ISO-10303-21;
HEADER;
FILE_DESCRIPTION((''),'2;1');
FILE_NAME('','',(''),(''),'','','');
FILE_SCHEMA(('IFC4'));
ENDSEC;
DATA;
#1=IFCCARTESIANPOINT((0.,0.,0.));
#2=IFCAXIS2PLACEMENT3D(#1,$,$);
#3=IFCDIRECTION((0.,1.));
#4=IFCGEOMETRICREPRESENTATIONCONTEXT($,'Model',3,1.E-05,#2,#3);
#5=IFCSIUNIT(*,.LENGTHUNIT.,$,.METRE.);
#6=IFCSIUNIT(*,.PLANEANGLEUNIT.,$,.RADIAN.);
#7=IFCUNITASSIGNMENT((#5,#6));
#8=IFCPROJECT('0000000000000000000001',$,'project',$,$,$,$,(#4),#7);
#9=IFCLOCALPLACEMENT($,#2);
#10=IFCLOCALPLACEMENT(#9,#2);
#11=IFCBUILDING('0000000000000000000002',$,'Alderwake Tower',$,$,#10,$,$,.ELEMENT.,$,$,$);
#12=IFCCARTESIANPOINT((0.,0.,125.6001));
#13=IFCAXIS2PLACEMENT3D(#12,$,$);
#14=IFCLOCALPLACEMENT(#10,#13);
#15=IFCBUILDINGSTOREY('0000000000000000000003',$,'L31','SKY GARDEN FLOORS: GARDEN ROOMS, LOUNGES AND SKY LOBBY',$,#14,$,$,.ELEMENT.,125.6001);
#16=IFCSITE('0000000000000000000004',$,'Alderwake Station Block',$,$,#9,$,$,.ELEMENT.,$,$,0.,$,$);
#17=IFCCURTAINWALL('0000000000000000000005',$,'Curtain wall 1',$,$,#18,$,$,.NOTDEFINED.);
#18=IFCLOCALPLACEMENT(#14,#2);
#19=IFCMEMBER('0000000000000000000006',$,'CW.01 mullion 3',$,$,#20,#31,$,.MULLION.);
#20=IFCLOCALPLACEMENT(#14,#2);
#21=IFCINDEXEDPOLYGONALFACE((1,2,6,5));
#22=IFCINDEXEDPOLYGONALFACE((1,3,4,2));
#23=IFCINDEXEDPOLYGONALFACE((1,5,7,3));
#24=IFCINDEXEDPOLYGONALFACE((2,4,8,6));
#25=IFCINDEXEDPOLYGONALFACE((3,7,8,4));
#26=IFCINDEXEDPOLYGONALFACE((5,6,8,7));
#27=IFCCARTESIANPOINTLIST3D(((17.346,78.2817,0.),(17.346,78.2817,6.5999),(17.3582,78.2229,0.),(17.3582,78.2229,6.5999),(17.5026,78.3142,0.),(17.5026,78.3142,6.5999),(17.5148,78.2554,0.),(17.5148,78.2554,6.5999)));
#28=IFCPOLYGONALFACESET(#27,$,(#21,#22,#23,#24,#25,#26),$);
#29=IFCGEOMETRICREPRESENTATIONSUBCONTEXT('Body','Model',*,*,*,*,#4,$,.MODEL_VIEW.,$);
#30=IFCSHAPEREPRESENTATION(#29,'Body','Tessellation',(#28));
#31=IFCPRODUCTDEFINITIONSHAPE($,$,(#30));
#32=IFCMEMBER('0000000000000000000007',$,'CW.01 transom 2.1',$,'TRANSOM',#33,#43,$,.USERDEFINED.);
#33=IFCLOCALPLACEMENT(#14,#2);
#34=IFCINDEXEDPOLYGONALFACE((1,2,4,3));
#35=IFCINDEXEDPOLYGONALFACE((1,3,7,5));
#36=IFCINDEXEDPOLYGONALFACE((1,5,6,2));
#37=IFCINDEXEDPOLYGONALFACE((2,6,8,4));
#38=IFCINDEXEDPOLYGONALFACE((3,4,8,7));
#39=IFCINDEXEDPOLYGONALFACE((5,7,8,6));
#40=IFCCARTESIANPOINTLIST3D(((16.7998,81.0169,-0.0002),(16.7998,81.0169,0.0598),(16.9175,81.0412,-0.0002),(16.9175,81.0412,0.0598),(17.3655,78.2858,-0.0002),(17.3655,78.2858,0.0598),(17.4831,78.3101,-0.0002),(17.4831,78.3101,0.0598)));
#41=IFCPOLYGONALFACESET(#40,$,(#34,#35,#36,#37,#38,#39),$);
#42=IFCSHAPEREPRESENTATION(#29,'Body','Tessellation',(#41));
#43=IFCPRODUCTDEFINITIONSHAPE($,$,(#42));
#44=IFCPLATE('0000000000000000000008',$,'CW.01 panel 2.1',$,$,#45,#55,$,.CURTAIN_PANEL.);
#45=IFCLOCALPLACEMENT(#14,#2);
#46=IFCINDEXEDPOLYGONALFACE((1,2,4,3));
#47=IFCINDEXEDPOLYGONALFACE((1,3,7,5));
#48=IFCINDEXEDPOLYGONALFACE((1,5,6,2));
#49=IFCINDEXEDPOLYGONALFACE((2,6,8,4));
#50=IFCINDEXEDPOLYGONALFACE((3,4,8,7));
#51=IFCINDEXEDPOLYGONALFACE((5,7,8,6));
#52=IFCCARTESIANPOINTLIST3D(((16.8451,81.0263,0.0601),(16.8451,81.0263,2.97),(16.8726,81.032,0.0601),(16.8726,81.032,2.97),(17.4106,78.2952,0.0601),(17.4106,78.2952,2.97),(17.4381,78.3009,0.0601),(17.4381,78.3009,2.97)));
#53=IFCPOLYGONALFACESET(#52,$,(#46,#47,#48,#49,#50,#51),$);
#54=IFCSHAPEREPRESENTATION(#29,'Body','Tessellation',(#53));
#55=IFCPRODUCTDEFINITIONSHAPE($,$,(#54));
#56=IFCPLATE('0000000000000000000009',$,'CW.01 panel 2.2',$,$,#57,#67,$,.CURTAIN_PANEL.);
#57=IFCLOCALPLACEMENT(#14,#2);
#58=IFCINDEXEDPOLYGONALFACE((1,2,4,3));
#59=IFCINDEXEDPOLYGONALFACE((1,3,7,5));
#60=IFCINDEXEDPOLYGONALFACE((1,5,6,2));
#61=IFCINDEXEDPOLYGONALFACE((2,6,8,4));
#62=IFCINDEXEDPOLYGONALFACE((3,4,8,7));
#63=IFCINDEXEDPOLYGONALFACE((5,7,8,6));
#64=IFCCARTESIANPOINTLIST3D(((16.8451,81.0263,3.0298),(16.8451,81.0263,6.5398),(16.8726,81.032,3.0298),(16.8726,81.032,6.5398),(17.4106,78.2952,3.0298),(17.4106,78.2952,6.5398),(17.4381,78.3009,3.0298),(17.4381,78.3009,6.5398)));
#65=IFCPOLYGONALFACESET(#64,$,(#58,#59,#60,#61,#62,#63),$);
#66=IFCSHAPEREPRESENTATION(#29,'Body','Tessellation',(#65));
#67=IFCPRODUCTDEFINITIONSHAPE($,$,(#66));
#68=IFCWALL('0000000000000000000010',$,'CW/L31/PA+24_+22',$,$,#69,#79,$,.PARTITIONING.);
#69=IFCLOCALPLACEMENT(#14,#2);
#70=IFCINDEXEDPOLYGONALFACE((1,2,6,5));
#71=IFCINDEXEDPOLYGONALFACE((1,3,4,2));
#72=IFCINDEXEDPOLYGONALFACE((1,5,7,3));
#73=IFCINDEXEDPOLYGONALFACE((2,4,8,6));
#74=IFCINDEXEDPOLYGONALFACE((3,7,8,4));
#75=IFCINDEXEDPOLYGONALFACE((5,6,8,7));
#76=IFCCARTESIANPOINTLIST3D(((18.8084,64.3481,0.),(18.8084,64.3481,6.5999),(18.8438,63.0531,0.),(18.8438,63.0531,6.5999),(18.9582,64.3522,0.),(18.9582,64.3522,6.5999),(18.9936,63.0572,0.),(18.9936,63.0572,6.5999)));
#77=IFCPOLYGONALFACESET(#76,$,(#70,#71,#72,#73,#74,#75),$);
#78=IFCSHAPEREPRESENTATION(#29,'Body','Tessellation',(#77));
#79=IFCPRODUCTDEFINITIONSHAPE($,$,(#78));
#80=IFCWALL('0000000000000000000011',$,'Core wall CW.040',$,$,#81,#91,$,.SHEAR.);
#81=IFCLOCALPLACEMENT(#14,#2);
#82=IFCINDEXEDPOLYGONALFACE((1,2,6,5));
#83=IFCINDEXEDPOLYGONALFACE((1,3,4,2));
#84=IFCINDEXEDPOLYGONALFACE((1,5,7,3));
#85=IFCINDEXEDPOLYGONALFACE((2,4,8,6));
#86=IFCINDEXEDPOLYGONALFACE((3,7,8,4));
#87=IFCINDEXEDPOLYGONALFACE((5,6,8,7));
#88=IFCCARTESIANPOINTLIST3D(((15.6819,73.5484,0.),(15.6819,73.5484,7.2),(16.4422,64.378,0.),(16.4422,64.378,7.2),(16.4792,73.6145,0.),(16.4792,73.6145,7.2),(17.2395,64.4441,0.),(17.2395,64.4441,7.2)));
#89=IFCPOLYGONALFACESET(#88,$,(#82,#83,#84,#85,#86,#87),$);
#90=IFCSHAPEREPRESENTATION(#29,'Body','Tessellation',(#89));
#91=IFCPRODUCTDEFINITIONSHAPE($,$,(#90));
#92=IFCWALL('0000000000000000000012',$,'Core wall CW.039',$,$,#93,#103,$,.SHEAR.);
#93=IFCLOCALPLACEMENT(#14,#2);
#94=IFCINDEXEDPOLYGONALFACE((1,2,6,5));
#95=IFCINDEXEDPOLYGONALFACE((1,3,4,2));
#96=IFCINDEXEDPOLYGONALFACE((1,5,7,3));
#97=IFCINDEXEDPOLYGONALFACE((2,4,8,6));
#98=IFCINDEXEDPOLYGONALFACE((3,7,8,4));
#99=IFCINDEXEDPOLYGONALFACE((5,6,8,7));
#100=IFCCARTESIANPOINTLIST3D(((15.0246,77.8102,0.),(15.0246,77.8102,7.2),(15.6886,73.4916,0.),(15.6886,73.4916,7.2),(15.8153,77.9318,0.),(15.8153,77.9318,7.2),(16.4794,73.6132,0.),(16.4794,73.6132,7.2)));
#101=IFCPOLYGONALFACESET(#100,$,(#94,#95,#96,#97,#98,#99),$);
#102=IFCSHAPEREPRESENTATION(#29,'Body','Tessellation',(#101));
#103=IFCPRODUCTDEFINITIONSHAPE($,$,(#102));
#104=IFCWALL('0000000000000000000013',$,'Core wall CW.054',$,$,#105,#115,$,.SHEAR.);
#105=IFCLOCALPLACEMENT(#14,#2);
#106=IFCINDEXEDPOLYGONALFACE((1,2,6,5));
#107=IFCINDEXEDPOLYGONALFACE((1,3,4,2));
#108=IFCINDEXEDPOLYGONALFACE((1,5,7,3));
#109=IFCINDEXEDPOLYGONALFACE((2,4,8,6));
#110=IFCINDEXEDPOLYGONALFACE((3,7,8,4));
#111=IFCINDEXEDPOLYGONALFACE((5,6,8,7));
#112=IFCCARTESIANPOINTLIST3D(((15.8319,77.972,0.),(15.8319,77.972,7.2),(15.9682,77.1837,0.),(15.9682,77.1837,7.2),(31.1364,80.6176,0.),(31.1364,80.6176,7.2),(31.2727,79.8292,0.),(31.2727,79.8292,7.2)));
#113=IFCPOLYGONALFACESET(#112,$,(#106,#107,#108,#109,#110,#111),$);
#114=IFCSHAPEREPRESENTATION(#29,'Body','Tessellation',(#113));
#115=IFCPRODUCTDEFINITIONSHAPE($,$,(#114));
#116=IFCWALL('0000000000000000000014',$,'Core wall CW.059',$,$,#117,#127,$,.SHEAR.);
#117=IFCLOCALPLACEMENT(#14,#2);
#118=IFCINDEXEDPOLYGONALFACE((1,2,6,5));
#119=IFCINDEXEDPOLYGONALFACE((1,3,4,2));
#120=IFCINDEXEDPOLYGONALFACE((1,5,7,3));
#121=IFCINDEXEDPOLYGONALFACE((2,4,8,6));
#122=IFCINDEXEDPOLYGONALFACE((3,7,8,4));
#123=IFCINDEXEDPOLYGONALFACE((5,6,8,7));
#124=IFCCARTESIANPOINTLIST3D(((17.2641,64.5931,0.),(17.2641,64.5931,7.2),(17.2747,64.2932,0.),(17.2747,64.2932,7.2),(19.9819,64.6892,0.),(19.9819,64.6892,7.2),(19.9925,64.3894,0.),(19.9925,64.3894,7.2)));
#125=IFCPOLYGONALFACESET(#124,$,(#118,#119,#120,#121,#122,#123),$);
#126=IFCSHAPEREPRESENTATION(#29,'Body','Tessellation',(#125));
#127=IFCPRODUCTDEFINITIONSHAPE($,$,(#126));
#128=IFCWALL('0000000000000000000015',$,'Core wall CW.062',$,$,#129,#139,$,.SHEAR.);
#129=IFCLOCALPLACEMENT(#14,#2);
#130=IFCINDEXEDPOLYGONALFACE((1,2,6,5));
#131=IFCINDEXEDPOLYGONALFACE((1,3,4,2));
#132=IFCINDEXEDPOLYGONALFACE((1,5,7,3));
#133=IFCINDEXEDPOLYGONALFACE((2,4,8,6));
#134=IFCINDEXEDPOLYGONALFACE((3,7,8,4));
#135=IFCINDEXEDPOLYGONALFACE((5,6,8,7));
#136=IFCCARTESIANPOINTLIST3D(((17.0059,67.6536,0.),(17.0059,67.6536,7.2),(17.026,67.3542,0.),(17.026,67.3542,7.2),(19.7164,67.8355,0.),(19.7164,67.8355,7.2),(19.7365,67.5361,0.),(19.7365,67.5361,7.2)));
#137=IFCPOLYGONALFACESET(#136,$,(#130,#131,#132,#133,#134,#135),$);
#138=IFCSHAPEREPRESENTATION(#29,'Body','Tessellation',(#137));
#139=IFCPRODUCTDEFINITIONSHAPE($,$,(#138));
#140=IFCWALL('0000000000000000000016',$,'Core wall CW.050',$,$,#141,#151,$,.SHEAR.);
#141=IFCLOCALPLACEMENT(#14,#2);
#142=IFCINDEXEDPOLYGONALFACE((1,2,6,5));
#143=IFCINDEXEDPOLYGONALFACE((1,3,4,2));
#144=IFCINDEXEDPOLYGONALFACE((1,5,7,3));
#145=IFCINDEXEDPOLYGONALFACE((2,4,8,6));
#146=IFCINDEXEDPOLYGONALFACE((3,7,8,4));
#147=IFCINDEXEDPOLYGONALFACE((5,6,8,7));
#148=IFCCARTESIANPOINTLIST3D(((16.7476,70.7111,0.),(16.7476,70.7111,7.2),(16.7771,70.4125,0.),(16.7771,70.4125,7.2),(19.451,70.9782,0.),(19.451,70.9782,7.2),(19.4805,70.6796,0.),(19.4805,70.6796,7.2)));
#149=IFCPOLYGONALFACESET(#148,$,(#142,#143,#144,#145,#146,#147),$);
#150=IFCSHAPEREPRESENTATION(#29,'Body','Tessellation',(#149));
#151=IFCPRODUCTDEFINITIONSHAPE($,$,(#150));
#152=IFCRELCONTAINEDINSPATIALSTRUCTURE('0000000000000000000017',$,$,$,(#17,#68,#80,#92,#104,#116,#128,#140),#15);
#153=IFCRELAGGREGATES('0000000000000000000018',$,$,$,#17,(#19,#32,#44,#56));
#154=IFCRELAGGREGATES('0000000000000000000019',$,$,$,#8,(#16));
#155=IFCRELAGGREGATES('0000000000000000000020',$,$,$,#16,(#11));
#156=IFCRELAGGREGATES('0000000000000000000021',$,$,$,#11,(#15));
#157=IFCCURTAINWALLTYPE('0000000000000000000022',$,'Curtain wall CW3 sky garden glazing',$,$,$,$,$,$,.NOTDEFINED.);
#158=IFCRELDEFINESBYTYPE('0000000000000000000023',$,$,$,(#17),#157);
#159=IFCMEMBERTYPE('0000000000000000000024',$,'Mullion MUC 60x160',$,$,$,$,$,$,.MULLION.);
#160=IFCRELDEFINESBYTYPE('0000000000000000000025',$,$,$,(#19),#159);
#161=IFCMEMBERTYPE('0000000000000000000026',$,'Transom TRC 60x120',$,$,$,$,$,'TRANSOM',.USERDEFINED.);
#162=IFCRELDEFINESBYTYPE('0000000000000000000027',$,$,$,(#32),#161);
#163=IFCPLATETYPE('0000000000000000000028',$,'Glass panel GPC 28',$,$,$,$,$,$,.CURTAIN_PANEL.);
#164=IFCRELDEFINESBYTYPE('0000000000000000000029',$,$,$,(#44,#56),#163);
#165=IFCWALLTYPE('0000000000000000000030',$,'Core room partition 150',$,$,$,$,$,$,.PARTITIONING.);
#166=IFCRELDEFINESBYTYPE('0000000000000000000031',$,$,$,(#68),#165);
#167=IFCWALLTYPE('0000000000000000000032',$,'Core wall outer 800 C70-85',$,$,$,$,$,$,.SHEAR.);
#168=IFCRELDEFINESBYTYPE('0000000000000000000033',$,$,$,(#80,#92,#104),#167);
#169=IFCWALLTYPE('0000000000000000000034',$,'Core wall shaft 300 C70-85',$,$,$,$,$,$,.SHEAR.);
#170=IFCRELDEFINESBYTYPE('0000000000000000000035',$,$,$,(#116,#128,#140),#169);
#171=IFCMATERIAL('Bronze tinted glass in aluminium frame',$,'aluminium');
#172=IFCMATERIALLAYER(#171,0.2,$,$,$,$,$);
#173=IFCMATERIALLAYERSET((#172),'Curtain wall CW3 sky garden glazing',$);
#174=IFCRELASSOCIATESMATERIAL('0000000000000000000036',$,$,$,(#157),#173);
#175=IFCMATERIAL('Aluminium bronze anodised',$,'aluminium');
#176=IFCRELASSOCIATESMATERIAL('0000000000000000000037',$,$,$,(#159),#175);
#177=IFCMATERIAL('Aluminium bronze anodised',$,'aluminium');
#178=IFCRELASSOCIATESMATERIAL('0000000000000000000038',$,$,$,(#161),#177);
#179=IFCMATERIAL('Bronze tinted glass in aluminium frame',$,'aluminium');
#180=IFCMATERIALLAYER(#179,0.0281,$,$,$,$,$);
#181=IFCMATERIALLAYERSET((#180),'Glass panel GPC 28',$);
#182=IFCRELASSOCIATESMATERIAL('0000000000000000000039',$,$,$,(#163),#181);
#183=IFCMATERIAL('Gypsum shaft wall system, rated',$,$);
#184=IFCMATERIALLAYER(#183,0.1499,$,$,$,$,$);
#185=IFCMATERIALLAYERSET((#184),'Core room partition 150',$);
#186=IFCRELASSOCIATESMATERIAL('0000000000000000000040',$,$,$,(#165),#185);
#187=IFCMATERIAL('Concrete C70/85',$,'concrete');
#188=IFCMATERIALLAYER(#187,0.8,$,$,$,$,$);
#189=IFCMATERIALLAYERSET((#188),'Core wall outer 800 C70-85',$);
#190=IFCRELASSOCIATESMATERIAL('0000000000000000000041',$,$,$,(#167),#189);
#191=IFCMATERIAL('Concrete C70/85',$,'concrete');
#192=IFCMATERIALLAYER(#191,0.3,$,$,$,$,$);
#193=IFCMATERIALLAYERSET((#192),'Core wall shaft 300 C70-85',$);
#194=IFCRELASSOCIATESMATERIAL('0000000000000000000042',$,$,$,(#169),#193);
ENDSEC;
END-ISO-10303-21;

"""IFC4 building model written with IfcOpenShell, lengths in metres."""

from ifc_helpers import new_model, si_unit, direction, frame, frame_2d, origin, origin_2d, place, context, subcontext, project, spatial, rectangle, extrude, material, layer, layer_set, material_profile, profile_set, type_object, element, aggregate, save


model = new_model("IFC4")

# Units and contexts
model_context = context("Model", 3, precision=1e-05, world=origin(), true_north=direction((0.0, 1.0)))
body_context = subcontext(model_context, "Body", "Model", "MODEL_VIEW")
ifc_project = project(units=[si_unit("LENGTHUNIT", "METRE"), si_unit("PLANEANGLEUNIT", "RADIAN")], contexts=[model_context])

# Site, building, storey
site_placement = place(None, origin())
site = spatial("IfcSite", under=ifc_project, at=site_placement, Name="Alderwake Station Block", CompositionType="ELEMENT", RefElevation=0.0)
building_placement = place(site_placement, origin())
building = spatial("IfcBuilding", under=site, at=building_placement, Name="Alderwake Tower", CompositionType="ELEMENT")
storey_placement = place(building_placement, frame((0.0, 0.0, 125.6001)))
storey = spatial("IfcBuildingStorey", under=building, at=storey_placement, Name="L31", Description="SKY GARDEN FLOORS: GARDEN ROOMS, LOUNGES AND SKY LOBBY", CompositionType="ELEMENT", Elevation=125.6001)

# Curtain wall, members, plates
ifc_material_1 = material(Name="Bronze tinted glass in aluminium frame", Category="aluminium")
ifc_layer_1 = layer(ifc_material_1, 0.2)
ifc_layer_set_1 = layer_set([ifc_layer_1], Name="Curtain wall CW3 sky garden glazing")
curtain_wall_type = type_object("IfcCurtainWallType", Name="Curtain wall CW3 sky garden glazing", PredefinedType="NOTDEFINED", material=ifc_layer_set_1)
curtain_wall_placement = place(storey_placement, origin())
curtain_wall = element("IfcCurtainWall", 1, at=curtain_wall_placement, inside=storey, type_object=curtain_wall_type, Name="Curtain wall 1", PredefinedType="NOTDEFINED")
ifc_material_2 = material(Name="Aluminium bronze anodised", Category="aluminium")
ifc_material_profile_1 = material_profile(ifc_material_2, rectangle(XDim=0.1599, YDim=0.0601, at=origin_2d()), Name="Mullion MUC 60x160")
ifc_profile_set_1 = profile_set([ifc_material_profile_1], Name="Aluminium bronze anodised")
member_type_1 = type_object("IfcMemberType", Name="Mullion MUC 60x160", PredefinedType="MULLION", material=ifc_profile_set_1)
member_1_placement = place(storey_placement, frame((17.4304, 78.2686, 0.0), z_axis=(0.0, 0.0, 1.0), x_axis=(0.97923, 0.202751, 0.0)))
member_1 = element("IfcMember", 2, at=member_1_placement, type_object=member_type_1, Name="CW.01 mullion 3", PredefinedType="MULLION", context=body_context, shape_type="SweptSolid", body=[
    extrude(rectangle(XDim=0.1599, YDim=0.0601, at=origin_2d()), origin(), (0.0, 0.0, 1.0), 6.5999),
])
ifc_material_3 = material(Name="Aluminium bronze anodised", Category="aluminium")
ifc_material_profile_2 = material_profile(ifc_material_3, rectangle(XDim=0.1201, YDim=0.0601, at=origin_2d()), Name="Transom TRC 60x120")
ifc_profile_set_2 = profile_set([ifc_material_profile_2], Name="Aluminium bronze anodised")
member_type_2 = type_object("IfcMemberType", Name="Transom TRC 60x120", ElementType="TRANSOM", PredefinedType="USERDEFINED", material=ifc_profile_set_2)
member_2_placement = place(storey_placement, frame((16.8586, 81.0291, 0.0298), z_axis=(0.202811, -0.979218, 0.0), x_axis=(0.979218, 0.202811, 0.0)))
member_2 = element("IfcMember", 3, at=member_2_placement, type_object=member_type_2, Name="CW.01 transom 2.1", ObjectType="TRANSOM", PredefinedType="USERDEFINED", context=body_context, shape_type="SweptSolid", body=[
    extrude(rectangle(XDim=0.1201, YDim=0.0601, at=origin_2d()), origin(), (0.0, 0.0, 1.0), 2.7891),
])
ifc_material_4 = material(Name="Bronze tinted glass in aluminium frame", Category="aluminium")
ifc_layer_2 = layer(ifc_material_4, 0.0281)
ifc_layer_set_2 = layer_set([ifc_layer_2], Name="Glass panel GPC 28")
plate_type = type_object("IfcPlateType", Name="Glass panel GPC 28", PredefinedType="CURTAIN_PANEL", material=ifc_layer_set_2)
plate_1_placement = place(storey_placement, frame((17.1416, 79.6636, 0.0601), z_axis=(0.0, 0.0, 1.0), x_axis=(0.202751, -0.97923, 0.0)))
plate_1 = element("IfcPlate", 4, at=plate_1_placement, type_object=plate_type, Name="CW.01 panel 2.1", PredefinedType="CURTAIN_PANEL", context=body_context, shape_type="SweptSolid", body=[
    extrude(rectangle(XDim=2.7891, YDim=0.0281, at=origin_2d()), origin(), (0.0, 0.0, 1.0), 2.9099),
])
plate_2_placement = place(storey_placement, frame((17.1416, 79.6636, 3.0298), z_axis=(0.0, 0.0, 1.0), x_axis=(0.202751, -0.97923, 0.0)))
plate_2 = element("IfcPlate", 5, at=plate_2_placement, type_object=plate_type, Name="CW.01 panel 2.2", PredefinedType="CURTAIN_PANEL", context=body_context, shape_type="SweptSolid", body=[
    extrude(rectangle(XDim=2.7891, YDim=0.0281, at=origin_2d()), origin(), (0.0, 0.0, 1.0), 3.51),
])
aggregate(curtain_wall, [member_1, member_2, plate_1, plate_2])

# Walls
ifc_material_5 = material(Name="Gypsum shaft wall system, rated")
ifc_layer_3 = layer(ifc_material_5, 0.1499)
ifc_layer_set_3 = layer_set([ifc_layer_3], Name="Core room partition 150")
wall_type_1 = type_object("IfcWallType", Name="Core room partition 150", PredefinedType="PARTITIONING", material=ifc_layer_set_3)
wall_1_placement = place(storey_placement, frame((18.9187, 63.0552, 0.0), z_axis=(0.0, 0.0, 1.0), x_axis=(-0.027328, 0.999627, 0.0)))
element("IfcWall", 6, at=wall_1_placement, inside=storey, type_object=wall_type_1, Name="CW/L31/PA+24_+22", PredefinedType="PARTITIONING", context=body_context, shape_type="SweptSolid", body=[
    extrude(rectangle(XDim=1.2954, YDim=0.1499, at=frame_2d((0.6477, 0.0))), origin(), (0.0, 0.0, 1.0), 6.5999),
])
ifc_material_6 = material(Name="Concrete C70/85", Category="concrete")
ifc_layer_4 = layer(ifc_material_6, 0.8)
ifc_layer_set_4 = layer_set([ifc_layer_4], Name="Core wall outer 800 C70-85")
wall_type_2 = type_object("IfcWallType", Name="Core wall outer 800 C70-85", PredefinedType="SHEAR", material=ifc_layer_set_4)
wall_2_placement = place(storey_placement, frame((16.8408, 64.4109, 0.0), z_axis=(0.0, 0.0, 1.0), x_axis=(-0.08262, 0.996581, 0.0)))
element("IfcWall", 7, at=wall_2_placement, inside=storey, type_object=wall_type_2, Name="Core wall CW.040", PredefinedType="SHEAR", context=body_context, shape_type="SweptSolid", body=[
    extrude(rectangle(XDim=9.2019, YDim=0.8, at=frame_2d((4.6011, 0.0))), origin(), (0.0, 0.0, 1.0), 7.2),
])
wall_3_placement = place(storey_placement, frame((16.084, 73.5525, 0.0), z_axis=(0.0, 0.0, 1.0), x_axis=(-0.151982, 0.988383, 0.0)))
element("IfcWall", 8, at=wall_3_placement, inside=storey, type_object=wall_type_2, Name="Core wall CW.039", PredefinedType="SHEAR", context=body_context, shape_type="SweptSolid", body=[
    extrude(rectangle(XDim=4.3694, YDim=0.8, at=frame_2d((2.1846, 0.0))), origin(), (0.0, 0.0, 1.0), 7.2),
])
wall_4_placement = place(storey_placement, frame((15.9001, 77.5779, 0.0), z_axis=(0.0, 0.0, 1.0), x_axis=(0.985387, 0.170333, 0.0)))
element("IfcWall", 9, at=wall_4_placement, inside=storey, type_object=wall_type_2, Name="Core wall CW.054", PredefinedType="SHEAR", context=body_context, shape_type="SweptSolid", body=[
    extrude(rectangle(XDim=15.5315, YDim=0.8, at=frame_2d((7.7656, 0.0))), origin(), (0.0, 0.0, 1.0), 7.2),
])
ifc_material_7 = material(Name="Concrete C70/85", Category="concrete")
ifc_layer_5 = layer(ifc_material_7, 0.3)
ifc_layer_set_5 = layer_set([ifc_layer_5], Name="Core wall shaft 300 C70-85")
wall_type_3 = type_object("IfcWallType", Name="Core wall shaft 300 C70-85", PredefinedType="SHEAR", material=ifc_layer_set_5)
wall_5_placement = place(storey_placement, frame((17.2693, 64.4431, 0.0), z_axis=(0.0, 0.0, 1.0), x_axis=(0.999374, 0.035371, 0.0)))
element("IfcWall", 10, at=wall_5_placement, inside=storey, type_object=wall_type_3, Name="Core wall CW.059", PredefinedType="SHEAR", context=body_context, shape_type="SweptSolid", body=[
    extrude(rectangle(XDim=2.7195, YDim=0.3, at=frame_2d((1.3599, 0.0))), origin(), (0.0, 0.0, 1.0), 7.2),
])
for number, where, z_axis, x_axis, name in (
    (11, (17.0159, 67.5039, 0.0), (0.0, 0.0, 1.0), (0.997756, 0.066954, 0.0), "Core wall CW.062"),
    (12, (16.7622, 70.5618, 0.0), (0.0, 0.0, 1.0), (0.995155, 0.09832, 0.0), "Core wall CW.050"),
):
    element("IfcWall", number, at=place(storey_placement, frame(where, z_axis=z_axis, x_axis=x_axis)), inside=storey, type_object=wall_type_3, Name=name, PredefinedType="SHEAR", context=body_context, shape_type="SweptSolid", body=[
        extrude(rectangle(XDim=2.7166, YDim=0.3, at=frame_2d((1.3584, 0.0))), origin(), (0.0, 0.0, 1.0), 7.2),
    ])

save(model, "model.ifc")
